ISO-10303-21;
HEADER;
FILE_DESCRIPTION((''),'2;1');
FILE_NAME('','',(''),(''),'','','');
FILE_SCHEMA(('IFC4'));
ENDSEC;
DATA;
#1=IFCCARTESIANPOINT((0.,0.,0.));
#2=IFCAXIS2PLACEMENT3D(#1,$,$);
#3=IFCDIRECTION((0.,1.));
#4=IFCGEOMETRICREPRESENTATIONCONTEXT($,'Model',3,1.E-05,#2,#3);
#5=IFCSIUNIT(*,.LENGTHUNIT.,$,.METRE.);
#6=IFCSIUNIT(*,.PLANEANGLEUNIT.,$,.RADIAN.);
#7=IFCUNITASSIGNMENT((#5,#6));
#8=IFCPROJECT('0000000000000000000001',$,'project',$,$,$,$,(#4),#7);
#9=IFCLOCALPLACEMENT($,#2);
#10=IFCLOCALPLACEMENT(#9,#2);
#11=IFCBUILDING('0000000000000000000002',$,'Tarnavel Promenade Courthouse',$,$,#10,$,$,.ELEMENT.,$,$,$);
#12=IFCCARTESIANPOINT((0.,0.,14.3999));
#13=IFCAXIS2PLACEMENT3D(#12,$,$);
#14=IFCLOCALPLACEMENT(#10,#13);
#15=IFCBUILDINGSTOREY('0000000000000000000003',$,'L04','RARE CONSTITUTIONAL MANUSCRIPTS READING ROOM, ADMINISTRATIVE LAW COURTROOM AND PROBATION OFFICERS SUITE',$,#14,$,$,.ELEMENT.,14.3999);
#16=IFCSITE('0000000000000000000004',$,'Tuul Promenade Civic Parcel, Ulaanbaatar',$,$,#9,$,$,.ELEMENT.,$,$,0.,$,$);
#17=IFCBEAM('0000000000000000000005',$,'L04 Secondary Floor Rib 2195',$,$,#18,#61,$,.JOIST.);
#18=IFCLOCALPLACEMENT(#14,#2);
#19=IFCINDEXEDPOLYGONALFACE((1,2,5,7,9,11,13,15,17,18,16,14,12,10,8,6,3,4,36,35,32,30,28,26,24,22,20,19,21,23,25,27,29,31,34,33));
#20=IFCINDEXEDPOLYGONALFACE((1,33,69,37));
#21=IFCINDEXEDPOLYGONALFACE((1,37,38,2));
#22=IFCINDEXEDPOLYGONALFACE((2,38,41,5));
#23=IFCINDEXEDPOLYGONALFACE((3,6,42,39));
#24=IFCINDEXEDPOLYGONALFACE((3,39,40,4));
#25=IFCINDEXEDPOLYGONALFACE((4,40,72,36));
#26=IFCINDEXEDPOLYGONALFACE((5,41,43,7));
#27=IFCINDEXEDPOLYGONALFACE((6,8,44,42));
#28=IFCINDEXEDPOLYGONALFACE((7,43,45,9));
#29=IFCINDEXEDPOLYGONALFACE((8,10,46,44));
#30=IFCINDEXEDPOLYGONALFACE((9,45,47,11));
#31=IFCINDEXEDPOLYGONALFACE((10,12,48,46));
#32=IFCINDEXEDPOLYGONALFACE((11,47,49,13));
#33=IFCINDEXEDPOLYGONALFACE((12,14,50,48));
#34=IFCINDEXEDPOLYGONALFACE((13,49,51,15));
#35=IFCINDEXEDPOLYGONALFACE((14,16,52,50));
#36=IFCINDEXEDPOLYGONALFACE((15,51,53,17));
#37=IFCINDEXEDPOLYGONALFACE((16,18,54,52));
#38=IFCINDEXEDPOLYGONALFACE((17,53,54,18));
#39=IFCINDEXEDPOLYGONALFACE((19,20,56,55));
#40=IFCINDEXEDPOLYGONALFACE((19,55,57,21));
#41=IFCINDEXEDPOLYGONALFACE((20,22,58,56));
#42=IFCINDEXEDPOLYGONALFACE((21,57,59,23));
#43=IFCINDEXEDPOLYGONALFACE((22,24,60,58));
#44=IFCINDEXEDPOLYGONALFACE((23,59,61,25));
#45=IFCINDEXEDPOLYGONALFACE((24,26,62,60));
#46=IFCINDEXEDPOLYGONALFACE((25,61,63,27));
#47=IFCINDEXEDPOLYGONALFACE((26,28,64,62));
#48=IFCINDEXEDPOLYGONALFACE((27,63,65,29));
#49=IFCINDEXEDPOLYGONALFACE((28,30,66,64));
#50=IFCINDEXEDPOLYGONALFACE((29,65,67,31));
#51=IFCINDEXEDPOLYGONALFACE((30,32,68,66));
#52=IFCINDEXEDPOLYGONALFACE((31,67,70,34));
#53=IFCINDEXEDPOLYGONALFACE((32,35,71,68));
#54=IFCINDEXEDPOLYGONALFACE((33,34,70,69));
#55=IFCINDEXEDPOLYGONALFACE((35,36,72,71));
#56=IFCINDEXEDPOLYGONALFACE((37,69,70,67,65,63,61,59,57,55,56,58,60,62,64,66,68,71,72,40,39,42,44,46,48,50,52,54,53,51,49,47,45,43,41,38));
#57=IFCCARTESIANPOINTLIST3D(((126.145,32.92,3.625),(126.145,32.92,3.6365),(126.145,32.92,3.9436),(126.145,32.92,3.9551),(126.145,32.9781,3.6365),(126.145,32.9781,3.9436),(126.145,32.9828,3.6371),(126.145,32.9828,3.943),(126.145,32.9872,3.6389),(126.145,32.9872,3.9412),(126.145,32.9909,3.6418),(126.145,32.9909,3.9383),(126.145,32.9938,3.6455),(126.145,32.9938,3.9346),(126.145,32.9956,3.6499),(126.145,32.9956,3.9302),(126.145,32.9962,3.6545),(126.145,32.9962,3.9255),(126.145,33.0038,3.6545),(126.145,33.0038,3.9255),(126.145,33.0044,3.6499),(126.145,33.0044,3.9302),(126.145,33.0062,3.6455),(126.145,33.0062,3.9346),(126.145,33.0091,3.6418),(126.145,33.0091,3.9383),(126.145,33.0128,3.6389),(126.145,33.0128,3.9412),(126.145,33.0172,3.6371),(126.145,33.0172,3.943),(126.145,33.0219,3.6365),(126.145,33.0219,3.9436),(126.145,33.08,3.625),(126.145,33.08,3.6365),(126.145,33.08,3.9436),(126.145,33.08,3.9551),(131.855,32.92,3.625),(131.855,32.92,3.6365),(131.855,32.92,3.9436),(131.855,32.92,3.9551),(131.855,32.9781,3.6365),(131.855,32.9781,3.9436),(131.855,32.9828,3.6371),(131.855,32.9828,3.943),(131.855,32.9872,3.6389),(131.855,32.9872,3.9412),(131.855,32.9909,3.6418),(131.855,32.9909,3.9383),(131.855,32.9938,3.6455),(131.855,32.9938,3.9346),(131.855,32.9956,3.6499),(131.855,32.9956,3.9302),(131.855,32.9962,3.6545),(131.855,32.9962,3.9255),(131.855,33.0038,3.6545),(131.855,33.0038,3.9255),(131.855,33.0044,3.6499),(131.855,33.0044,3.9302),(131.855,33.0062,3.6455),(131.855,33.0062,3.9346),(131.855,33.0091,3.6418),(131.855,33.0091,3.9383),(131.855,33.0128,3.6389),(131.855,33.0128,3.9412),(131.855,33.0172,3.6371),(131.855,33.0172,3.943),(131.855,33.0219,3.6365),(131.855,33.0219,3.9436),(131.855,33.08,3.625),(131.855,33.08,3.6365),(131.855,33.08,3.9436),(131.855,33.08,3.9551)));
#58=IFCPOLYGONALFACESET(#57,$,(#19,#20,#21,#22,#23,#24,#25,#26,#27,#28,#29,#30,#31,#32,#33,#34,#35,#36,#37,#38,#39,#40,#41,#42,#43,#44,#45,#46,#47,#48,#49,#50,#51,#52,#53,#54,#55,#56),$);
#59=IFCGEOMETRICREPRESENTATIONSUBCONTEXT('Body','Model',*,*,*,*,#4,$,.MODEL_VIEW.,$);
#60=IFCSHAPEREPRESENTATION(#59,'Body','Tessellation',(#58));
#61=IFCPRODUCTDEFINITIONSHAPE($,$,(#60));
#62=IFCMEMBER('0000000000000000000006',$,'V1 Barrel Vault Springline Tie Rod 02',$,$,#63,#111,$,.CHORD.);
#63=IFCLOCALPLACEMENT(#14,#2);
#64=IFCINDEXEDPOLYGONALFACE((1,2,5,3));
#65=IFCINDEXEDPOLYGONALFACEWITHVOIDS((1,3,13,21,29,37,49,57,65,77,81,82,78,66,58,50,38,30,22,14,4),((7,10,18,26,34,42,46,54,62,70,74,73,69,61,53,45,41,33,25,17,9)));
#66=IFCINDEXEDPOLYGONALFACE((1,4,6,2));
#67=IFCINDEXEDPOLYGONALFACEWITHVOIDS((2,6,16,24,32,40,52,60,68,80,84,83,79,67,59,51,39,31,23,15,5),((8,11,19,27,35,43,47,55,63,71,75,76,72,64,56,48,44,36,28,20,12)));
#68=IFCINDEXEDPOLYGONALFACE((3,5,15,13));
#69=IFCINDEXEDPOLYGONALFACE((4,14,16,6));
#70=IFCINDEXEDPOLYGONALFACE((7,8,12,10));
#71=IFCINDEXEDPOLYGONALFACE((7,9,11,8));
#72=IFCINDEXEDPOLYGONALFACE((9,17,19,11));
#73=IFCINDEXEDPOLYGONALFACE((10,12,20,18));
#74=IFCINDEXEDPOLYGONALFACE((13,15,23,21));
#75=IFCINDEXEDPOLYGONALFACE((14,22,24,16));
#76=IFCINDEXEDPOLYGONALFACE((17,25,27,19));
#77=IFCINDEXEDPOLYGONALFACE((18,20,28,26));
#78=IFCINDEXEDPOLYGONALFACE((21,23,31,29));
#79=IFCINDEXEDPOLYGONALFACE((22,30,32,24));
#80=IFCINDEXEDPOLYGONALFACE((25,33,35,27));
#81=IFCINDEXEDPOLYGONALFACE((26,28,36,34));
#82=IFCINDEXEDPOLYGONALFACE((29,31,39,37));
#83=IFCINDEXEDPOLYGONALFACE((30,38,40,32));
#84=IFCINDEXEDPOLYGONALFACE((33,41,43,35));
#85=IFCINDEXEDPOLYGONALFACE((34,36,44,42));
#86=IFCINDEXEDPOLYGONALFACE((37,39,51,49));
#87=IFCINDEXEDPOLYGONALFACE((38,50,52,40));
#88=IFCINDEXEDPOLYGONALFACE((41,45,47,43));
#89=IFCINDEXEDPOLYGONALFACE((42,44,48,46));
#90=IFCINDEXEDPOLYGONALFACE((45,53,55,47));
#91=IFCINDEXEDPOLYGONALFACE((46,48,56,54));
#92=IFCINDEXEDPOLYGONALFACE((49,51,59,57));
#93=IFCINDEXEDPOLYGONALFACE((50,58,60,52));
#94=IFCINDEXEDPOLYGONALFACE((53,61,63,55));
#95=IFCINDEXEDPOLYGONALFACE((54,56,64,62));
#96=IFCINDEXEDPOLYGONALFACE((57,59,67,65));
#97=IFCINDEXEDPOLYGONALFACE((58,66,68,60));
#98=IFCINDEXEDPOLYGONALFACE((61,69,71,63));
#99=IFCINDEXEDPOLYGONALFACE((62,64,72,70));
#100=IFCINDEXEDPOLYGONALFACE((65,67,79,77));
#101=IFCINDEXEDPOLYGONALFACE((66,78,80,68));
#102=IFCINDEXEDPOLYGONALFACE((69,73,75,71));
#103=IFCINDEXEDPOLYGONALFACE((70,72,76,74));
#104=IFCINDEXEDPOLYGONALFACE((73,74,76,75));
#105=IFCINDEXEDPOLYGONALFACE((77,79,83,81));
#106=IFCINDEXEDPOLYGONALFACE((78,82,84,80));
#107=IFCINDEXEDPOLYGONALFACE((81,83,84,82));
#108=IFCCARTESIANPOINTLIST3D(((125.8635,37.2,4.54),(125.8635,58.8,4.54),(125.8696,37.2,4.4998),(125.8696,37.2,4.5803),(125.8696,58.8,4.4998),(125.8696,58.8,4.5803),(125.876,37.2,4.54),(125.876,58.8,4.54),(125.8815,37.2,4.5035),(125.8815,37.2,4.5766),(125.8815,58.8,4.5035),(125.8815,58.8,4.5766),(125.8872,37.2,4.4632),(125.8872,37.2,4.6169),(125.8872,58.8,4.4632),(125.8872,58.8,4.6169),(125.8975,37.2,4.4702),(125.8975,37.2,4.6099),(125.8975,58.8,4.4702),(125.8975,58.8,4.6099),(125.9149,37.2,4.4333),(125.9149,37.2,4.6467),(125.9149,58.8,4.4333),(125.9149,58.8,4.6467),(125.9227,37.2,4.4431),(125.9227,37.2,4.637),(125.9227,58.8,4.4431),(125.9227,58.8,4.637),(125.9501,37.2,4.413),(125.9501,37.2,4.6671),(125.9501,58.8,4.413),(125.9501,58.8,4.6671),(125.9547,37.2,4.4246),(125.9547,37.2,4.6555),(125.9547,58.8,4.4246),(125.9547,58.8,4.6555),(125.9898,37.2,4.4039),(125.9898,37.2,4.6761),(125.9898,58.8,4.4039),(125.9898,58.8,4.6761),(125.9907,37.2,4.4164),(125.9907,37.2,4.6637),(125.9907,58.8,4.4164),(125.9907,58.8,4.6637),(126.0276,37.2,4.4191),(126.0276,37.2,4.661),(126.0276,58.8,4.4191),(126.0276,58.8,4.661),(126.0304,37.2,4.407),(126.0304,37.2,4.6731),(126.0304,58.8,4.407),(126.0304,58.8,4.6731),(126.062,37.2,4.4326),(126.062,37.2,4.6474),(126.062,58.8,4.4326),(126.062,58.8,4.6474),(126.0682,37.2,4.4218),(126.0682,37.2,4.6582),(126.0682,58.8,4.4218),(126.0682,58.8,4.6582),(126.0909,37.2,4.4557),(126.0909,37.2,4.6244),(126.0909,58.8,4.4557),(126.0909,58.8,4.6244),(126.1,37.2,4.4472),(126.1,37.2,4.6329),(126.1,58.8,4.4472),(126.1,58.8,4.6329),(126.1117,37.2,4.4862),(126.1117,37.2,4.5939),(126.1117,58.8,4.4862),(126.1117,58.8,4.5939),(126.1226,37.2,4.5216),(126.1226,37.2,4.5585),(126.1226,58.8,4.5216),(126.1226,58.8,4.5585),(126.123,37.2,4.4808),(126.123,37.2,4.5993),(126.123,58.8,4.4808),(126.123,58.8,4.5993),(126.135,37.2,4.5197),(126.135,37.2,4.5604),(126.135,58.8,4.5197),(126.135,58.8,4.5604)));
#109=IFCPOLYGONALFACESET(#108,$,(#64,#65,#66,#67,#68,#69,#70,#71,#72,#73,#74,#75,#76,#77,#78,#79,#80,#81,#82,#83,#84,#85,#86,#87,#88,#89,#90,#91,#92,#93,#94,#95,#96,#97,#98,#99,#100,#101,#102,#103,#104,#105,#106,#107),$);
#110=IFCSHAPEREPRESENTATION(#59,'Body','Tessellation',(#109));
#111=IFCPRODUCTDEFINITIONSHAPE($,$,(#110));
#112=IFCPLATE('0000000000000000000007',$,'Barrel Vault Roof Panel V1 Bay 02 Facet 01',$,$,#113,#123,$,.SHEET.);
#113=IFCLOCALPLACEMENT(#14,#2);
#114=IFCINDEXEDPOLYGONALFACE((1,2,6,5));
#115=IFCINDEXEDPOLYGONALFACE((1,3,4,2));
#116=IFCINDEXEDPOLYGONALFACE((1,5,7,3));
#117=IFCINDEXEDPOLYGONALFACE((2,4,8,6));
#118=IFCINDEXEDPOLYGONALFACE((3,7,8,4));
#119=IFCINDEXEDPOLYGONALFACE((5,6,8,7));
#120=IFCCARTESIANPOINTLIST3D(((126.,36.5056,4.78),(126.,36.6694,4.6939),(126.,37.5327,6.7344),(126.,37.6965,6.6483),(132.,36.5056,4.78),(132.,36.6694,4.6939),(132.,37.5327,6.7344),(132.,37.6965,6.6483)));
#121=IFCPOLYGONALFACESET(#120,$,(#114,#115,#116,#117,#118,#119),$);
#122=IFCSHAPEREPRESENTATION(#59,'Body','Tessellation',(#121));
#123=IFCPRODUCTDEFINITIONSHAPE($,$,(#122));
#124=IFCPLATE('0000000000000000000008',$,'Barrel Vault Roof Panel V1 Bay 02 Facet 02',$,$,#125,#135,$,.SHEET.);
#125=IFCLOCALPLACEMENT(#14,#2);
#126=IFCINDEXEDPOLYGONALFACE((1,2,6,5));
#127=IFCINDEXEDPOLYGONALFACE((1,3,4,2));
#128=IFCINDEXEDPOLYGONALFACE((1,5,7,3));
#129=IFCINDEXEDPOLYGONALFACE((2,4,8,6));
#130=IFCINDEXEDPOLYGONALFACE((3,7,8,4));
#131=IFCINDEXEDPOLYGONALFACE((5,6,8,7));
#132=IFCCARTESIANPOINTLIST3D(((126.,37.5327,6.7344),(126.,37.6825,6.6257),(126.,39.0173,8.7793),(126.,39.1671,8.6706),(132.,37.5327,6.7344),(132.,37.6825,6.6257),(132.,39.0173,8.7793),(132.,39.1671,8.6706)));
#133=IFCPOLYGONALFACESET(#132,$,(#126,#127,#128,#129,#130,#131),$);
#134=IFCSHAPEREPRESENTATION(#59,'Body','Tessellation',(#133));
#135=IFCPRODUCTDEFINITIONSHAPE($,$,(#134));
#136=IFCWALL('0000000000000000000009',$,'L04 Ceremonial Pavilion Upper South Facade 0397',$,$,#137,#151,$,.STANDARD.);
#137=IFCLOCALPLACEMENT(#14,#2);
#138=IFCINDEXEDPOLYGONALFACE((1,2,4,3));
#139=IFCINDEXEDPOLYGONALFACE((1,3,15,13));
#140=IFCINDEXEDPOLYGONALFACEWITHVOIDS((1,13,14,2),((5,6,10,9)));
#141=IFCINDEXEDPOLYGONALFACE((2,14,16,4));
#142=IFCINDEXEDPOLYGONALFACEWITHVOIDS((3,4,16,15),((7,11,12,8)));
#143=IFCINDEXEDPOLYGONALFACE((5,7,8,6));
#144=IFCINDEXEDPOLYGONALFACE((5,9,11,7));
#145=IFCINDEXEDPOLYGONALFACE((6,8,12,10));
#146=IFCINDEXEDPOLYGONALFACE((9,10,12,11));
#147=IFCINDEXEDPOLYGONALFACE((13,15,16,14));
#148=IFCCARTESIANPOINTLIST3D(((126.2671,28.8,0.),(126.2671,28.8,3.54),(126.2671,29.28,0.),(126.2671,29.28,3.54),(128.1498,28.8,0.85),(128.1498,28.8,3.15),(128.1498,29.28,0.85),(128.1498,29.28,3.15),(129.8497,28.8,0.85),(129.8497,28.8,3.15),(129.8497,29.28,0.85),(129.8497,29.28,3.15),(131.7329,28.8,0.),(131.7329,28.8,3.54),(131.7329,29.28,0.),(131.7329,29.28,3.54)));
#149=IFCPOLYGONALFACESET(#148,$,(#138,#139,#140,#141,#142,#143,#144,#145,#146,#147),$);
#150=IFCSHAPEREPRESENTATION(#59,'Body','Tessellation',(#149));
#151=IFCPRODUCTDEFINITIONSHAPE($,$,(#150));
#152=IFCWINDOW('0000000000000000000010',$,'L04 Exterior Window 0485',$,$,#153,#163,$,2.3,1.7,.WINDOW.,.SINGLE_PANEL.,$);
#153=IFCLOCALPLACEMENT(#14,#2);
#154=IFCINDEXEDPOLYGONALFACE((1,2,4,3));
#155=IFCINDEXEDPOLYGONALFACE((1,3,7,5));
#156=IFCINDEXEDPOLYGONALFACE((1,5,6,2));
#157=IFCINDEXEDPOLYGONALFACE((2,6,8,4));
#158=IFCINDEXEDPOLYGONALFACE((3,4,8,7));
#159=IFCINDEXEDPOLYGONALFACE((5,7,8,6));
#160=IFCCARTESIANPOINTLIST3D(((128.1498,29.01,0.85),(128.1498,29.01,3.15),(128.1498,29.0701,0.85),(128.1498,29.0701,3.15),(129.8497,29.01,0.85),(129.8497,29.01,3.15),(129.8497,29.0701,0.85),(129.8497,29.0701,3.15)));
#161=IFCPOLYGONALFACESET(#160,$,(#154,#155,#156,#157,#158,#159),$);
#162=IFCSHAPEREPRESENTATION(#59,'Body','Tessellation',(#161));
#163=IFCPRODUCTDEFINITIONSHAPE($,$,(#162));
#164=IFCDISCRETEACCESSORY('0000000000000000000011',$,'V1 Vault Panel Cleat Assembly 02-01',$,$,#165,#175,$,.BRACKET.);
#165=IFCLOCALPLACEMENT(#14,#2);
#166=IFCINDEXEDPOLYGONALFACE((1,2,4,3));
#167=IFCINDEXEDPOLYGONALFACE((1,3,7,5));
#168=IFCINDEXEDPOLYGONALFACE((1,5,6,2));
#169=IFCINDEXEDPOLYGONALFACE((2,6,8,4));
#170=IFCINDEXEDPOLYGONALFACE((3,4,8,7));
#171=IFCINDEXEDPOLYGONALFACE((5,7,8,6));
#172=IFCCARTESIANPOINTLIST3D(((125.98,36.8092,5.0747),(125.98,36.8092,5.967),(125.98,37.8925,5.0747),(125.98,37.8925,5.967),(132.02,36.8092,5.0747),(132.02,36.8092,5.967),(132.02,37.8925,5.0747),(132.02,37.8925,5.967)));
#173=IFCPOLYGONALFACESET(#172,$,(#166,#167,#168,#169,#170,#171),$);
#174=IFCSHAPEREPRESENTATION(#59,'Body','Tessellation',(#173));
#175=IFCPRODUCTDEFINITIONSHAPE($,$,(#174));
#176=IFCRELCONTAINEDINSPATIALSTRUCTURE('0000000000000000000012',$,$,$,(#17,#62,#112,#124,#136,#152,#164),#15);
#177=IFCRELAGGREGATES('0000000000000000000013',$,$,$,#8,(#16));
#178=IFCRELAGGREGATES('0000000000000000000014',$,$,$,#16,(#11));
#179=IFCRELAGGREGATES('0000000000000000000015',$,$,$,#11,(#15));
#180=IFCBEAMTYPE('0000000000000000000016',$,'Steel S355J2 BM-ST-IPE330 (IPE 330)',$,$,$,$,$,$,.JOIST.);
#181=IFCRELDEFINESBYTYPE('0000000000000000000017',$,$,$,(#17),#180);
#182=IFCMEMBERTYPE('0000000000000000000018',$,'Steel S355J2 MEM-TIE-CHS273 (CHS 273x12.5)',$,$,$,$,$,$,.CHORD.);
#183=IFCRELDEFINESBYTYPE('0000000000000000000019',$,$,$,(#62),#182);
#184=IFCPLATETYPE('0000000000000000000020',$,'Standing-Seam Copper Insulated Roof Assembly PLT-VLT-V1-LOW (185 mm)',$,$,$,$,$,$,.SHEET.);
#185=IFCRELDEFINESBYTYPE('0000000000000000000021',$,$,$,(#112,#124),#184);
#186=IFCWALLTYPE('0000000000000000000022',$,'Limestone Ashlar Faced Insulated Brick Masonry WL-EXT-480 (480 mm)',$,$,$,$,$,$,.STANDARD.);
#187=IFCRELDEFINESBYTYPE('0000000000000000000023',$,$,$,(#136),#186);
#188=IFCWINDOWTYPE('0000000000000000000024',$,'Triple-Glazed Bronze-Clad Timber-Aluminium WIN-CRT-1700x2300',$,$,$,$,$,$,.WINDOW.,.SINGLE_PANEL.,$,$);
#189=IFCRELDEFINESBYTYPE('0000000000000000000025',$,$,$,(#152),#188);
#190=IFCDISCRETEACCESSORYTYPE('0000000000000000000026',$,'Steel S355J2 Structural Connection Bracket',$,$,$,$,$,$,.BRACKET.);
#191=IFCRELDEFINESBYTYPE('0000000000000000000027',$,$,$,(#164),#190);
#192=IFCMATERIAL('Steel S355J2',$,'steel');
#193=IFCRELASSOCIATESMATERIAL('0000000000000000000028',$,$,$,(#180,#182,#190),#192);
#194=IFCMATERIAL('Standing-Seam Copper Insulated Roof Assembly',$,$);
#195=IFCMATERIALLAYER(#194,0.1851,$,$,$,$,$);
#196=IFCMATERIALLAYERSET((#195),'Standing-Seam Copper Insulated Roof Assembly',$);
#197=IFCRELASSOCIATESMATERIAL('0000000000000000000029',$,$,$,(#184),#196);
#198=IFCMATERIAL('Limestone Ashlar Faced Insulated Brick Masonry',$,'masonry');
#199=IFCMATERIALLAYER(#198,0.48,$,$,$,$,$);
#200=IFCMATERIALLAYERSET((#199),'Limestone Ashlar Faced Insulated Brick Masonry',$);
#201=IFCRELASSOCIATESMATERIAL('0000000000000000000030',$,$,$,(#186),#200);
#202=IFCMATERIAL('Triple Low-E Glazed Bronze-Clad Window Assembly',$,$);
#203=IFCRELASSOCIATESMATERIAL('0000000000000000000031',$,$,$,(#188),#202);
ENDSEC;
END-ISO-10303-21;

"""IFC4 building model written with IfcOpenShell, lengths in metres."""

from ifc_helpers import new_model, si_unit, direction, frame, frame_2d, origin, origin_2d, place, context, subcontext, project, spatial, polyline, rectangle, hollow_circle, i_section, outline, extrude, material, layer, layer_set, material_profile, profile_set, type_object, element, fill, save


model = new_model("IFC4")

# Units and contexts
model_context = context("Model", 3, precision=1e-05, world=origin(), true_north=direction((0.0, 1.0)))
body_context = subcontext(model_context, "Body", "Model", "MODEL_VIEW")
ifc_project = project(units=[si_unit("LENGTHUNIT", "METRE"), si_unit("PLANEANGLEUNIT", "RADIAN")], contexts=[model_context])

# Site, building, storey
site_placement = place(None, origin())
site = spatial("IfcSite", under=ifc_project, at=site_placement, Name="Tuul Promenade Civic Parcel, Ulaanbaatar", CompositionType="ELEMENT", RefElevation=0.0)
building_placement = place(site_placement, origin())
building = spatial("IfcBuilding", under=site, at=building_placement, Name="Tarnavel Promenade Courthouse", CompositionType="ELEMENT")
storey_placement = place(building_placement, frame((0.0, 0.0, 14.3999)))
storey = spatial("IfcBuildingStorey", under=building, at=storey_placement, Name="L04", Description="RARE CONSTITUTIONAL MANUSCRIPTS READING ROOM, ADMINISTRATIVE LAW COURTROOM AND PROBATION OFFICERS SUITE", CompositionType="ELEMENT", Elevation=14.3999)

# Beam
ifc_material_1 = material(Name="Steel S355J2", Category="steel")
ifc_material_profile_1 = material_profile(ifc_material_1, i_section(OverallWidth=0.1599, OverallDepth=0.3301, WebThickness=0.0076, FlangeThickness=0.0115, FilletRadius=0.0181, at=origin_2d()), Name="IPE 330")
ifc_profile_set_1 = profile_set([ifc_material_profile_1], Name="Steel S355J2")
beam_type_1 = type_object("IfcBeamType", Name="Steel S355J2 BM-ST-IPE330 (IPE 330)", PredefinedType="JOIST", material=ifc_profile_set_1)
beam_1_placement = place(storey_placement, frame((126.145, 33.0, 3.79), z_axis=(1.0, 0.0, 0.0), x_axis=(0.0, 1.0, 0.0)))
element("IfcBeam", 1, at=beam_1_placement, inside=storey, type_object=beam_type_1, Name="L04 Secondary Floor Rib 2195", PredefinedType="JOIST", context=body_context, shape_type="SweptSolid", body=[
    extrude(i_section(OverallWidth=0.1599, OverallDepth=0.3301, WebThickness=0.0076, FlangeThickness=0.0115, FilletRadius=0.0181, at=origin_2d()), origin(), (0.0, 0.0, 1.0), 5.71),
])

# Member
ifc_material_profile_2 = material_profile(ifc_material_1, hollow_circle(Radius=0.1365, WallThickness=0.0125, at=origin_2d()), Name="CHS 273x12.5")
ifc_profile_set_2 = profile_set([ifc_material_profile_2], Name="Steel S355J2")
member_type = type_object("IfcMemberType", Name="Steel S355J2 MEM-TIE-CHS273 (CHS 273x12.5)", PredefinedType="CHORD", material=ifc_profile_set_2)
member_placement = place(storey_placement, frame((126.0, 37.2, 4.54), z_axis=(0.0, 1.0, 0.0), x_axis=(-1.0, 0.0, 0.0)))
element("IfcMember", 2, at=member_placement, inside=storey, type_object=member_type, Name="V1 Barrel Vault Springline Tie Rod 02", PredefinedType="CHORD", context=body_context, shape_type="SweptSolid", body=[
    extrude(hollow_circle(Radius=0.1365, WallThickness=0.0125, at=origin_2d()), origin(), (0.0, 0.0, 1.0), 21.6001),
])

# Plates
ifc_material_2 = material(Name="Standing-Seam Copper Insulated Roof Assembly")
ifc_layer_1 = layer(ifc_material_2, 0.1851)
ifc_layer_set_1 = layer_set([ifc_layer_1], Name="Standing-Seam Copper Insulated Roof Assembly")
plate_type = type_object("IfcPlateType", Name="Standing-Seam Copper Insulated Roof Assembly PLT-VLT-V1-LOW (185 mm)", PredefinedType="SHEET", material=ifc_layer_set_1)
plate_1_placement = place(storey_placement, frame((126.0, 36.5056, 4.78), z_axis=(0.0, -0.885199, 0.465213), x_axis=(1.0, 0.0, 0.0)))
element("IfcPlate", 3, at=plate_1_placement, inside=storey, type_object=plate_type, Name="Barrel Vault Roof Panel V1 Bay 02 Facet 01", PredefinedType="SHEET", context=body_context, shape_type="SweptSolid", body=[
    extrude(outline(polyline([(0.0, 0.0), (6.0, 0.0), (6.0, 2.2078), (0.0, 2.2078), (0.0, 0.0)])), origin(), (0.0, 0.0, -1.0), 0.1851),
])
plate_2_placement = place(storey_placement, frame((126.0, 37.5327, 6.7344), z_axis=(0.0, -0.809225, 0.587499), x_axis=(1.0, 0.0, 0.0)))
element("IfcPlate", 4, at=plate_2_placement, inside=storey, type_object=plate_type, Name="Barrel Vault Roof Panel V1 Bay 02 Facet 02", PredefinedType="SHEET", context=body_context, shape_type="SweptSolid", body=[
    extrude(outline(polyline([(0.0, 0.0), (6.0, 0.0), (6.0, 2.527), (0.0, 2.527), (0.0, 0.0)])), origin(), (0.0, 0.0, -1.0), 0.1851),
])

# Wall, opening, window
ifc_material_3 = material(Name="Limestone Ashlar Faced Insulated Brick Masonry", Category="masonry")
ifc_layer_2 = layer(ifc_material_3, 0.48)
ifc_layer_set_2 = layer_set([ifc_layer_2], Name="Limestone Ashlar Faced Insulated Brick Masonry")
wall_type = type_object("IfcWallType", Name="Limestone Ashlar Faced Insulated Brick Masonry WL-EXT-480 (480 mm)", PredefinedType="STANDARD", material=ifc_layer_set_2)
wall_placement = place(storey_placement, frame((131.7329, 29.04, 0.0), z_axis=(0.0, 0.0, 1.0), x_axis=(-1.0, 0.0, 0.0)))
wall = element("IfcWall", 5, at=wall_placement, inside=storey, type_object=wall_type, Name="L04 Ceremonial Pavilion Upper South Facade 0397", PredefinedType="STANDARD", context=body_context, shape_type="SweptSolid", body=[
    extrude(rectangle(XDim=5.4658, YDim=0.48, at=frame_2d((2.7329, 0.0))), origin(), (0.0, 0.0, 1.0), 3.54),
])
opening_placement = place(wall_placement, frame((1.8831, 0.0, 0.8501)))
opening = element("IfcOpeningElement", 6, at=opening_placement, cuts=wall, PredefinedType="OPENING", context=body_context, shape_type="SweptSolid", body=[
    extrude(rectangle(XDim=1.7, YDim=2.3, at=frame_2d((0.8501, 1.1499))), frame((0.0, 0.25, 0.0), z_axis=(0.0, -1.0, 0.0), x_axis=(1.0, 0.0, 0.0)), (0.0, 0.0, 1.0), 0.5),
])
ifc_material_4 = material(Name="Triple Low-E Glazed Bronze-Clad Window Assembly")
window_type = type_object("IfcWindowType", Name="Triple-Glazed Bronze-Clad Timber-Aluminium WIN-CRT-1700x2300", PartitioningType="SINGLE_PANEL", PredefinedType="WINDOW", material=ifc_material_4)
window_placement = place(opening_placement, origin())
window = element("IfcWindow", 7, at=window_placement, inside=storey, type_object=window_type, Name="L04 Exterior Window 0485", OverallHeight=2.3, OverallWidth=1.7, PartitioningType="SINGLE_PANEL", PredefinedType="WINDOW", context=body_context, shape_type="SweptSolid", body=[
    extrude(rectangle(XDim=1.7, YDim=2.3, at=frame_2d((0.8501, 1.1499))), frame((0.0, 0.03, 0.0), z_axis=(0.0, -1.0, 0.0), x_axis=(1.0, 0.0, 0.0)), (0.0, 0.0, 1.0), 0.0601),
])
fill(opening, window)

# Discrete accessory
discrete_accessory_type = type_object("IfcDiscreteAccessoryType", Name="Steel S355J2 Structural Connection Bracket", PredefinedType="BRACKET", material=ifc_material_1)
discrete_accessory_placement = place(storey_placement, frame((129.0, 37.3508, 5.0747), z_axis=(0.0, 0.0, 1.0), x_axis=(1.0, 0.0, 0.0)))
element("IfcDiscreteAccessory", 8, at=discrete_accessory_placement, inside=storey, type_object=discrete_accessory_type, Name="V1 Vault Panel Cleat Assembly 02-01", PredefinedType="BRACKET", context=body_context, shape_type="SweptSolid", body=[
    extrude(rectangle(XDim=6.04, YDim=1.0833, at=origin_2d()), origin(), (0.0, 0.0, 1.0), 0.8923),
])

save(model, "model.ifc")
